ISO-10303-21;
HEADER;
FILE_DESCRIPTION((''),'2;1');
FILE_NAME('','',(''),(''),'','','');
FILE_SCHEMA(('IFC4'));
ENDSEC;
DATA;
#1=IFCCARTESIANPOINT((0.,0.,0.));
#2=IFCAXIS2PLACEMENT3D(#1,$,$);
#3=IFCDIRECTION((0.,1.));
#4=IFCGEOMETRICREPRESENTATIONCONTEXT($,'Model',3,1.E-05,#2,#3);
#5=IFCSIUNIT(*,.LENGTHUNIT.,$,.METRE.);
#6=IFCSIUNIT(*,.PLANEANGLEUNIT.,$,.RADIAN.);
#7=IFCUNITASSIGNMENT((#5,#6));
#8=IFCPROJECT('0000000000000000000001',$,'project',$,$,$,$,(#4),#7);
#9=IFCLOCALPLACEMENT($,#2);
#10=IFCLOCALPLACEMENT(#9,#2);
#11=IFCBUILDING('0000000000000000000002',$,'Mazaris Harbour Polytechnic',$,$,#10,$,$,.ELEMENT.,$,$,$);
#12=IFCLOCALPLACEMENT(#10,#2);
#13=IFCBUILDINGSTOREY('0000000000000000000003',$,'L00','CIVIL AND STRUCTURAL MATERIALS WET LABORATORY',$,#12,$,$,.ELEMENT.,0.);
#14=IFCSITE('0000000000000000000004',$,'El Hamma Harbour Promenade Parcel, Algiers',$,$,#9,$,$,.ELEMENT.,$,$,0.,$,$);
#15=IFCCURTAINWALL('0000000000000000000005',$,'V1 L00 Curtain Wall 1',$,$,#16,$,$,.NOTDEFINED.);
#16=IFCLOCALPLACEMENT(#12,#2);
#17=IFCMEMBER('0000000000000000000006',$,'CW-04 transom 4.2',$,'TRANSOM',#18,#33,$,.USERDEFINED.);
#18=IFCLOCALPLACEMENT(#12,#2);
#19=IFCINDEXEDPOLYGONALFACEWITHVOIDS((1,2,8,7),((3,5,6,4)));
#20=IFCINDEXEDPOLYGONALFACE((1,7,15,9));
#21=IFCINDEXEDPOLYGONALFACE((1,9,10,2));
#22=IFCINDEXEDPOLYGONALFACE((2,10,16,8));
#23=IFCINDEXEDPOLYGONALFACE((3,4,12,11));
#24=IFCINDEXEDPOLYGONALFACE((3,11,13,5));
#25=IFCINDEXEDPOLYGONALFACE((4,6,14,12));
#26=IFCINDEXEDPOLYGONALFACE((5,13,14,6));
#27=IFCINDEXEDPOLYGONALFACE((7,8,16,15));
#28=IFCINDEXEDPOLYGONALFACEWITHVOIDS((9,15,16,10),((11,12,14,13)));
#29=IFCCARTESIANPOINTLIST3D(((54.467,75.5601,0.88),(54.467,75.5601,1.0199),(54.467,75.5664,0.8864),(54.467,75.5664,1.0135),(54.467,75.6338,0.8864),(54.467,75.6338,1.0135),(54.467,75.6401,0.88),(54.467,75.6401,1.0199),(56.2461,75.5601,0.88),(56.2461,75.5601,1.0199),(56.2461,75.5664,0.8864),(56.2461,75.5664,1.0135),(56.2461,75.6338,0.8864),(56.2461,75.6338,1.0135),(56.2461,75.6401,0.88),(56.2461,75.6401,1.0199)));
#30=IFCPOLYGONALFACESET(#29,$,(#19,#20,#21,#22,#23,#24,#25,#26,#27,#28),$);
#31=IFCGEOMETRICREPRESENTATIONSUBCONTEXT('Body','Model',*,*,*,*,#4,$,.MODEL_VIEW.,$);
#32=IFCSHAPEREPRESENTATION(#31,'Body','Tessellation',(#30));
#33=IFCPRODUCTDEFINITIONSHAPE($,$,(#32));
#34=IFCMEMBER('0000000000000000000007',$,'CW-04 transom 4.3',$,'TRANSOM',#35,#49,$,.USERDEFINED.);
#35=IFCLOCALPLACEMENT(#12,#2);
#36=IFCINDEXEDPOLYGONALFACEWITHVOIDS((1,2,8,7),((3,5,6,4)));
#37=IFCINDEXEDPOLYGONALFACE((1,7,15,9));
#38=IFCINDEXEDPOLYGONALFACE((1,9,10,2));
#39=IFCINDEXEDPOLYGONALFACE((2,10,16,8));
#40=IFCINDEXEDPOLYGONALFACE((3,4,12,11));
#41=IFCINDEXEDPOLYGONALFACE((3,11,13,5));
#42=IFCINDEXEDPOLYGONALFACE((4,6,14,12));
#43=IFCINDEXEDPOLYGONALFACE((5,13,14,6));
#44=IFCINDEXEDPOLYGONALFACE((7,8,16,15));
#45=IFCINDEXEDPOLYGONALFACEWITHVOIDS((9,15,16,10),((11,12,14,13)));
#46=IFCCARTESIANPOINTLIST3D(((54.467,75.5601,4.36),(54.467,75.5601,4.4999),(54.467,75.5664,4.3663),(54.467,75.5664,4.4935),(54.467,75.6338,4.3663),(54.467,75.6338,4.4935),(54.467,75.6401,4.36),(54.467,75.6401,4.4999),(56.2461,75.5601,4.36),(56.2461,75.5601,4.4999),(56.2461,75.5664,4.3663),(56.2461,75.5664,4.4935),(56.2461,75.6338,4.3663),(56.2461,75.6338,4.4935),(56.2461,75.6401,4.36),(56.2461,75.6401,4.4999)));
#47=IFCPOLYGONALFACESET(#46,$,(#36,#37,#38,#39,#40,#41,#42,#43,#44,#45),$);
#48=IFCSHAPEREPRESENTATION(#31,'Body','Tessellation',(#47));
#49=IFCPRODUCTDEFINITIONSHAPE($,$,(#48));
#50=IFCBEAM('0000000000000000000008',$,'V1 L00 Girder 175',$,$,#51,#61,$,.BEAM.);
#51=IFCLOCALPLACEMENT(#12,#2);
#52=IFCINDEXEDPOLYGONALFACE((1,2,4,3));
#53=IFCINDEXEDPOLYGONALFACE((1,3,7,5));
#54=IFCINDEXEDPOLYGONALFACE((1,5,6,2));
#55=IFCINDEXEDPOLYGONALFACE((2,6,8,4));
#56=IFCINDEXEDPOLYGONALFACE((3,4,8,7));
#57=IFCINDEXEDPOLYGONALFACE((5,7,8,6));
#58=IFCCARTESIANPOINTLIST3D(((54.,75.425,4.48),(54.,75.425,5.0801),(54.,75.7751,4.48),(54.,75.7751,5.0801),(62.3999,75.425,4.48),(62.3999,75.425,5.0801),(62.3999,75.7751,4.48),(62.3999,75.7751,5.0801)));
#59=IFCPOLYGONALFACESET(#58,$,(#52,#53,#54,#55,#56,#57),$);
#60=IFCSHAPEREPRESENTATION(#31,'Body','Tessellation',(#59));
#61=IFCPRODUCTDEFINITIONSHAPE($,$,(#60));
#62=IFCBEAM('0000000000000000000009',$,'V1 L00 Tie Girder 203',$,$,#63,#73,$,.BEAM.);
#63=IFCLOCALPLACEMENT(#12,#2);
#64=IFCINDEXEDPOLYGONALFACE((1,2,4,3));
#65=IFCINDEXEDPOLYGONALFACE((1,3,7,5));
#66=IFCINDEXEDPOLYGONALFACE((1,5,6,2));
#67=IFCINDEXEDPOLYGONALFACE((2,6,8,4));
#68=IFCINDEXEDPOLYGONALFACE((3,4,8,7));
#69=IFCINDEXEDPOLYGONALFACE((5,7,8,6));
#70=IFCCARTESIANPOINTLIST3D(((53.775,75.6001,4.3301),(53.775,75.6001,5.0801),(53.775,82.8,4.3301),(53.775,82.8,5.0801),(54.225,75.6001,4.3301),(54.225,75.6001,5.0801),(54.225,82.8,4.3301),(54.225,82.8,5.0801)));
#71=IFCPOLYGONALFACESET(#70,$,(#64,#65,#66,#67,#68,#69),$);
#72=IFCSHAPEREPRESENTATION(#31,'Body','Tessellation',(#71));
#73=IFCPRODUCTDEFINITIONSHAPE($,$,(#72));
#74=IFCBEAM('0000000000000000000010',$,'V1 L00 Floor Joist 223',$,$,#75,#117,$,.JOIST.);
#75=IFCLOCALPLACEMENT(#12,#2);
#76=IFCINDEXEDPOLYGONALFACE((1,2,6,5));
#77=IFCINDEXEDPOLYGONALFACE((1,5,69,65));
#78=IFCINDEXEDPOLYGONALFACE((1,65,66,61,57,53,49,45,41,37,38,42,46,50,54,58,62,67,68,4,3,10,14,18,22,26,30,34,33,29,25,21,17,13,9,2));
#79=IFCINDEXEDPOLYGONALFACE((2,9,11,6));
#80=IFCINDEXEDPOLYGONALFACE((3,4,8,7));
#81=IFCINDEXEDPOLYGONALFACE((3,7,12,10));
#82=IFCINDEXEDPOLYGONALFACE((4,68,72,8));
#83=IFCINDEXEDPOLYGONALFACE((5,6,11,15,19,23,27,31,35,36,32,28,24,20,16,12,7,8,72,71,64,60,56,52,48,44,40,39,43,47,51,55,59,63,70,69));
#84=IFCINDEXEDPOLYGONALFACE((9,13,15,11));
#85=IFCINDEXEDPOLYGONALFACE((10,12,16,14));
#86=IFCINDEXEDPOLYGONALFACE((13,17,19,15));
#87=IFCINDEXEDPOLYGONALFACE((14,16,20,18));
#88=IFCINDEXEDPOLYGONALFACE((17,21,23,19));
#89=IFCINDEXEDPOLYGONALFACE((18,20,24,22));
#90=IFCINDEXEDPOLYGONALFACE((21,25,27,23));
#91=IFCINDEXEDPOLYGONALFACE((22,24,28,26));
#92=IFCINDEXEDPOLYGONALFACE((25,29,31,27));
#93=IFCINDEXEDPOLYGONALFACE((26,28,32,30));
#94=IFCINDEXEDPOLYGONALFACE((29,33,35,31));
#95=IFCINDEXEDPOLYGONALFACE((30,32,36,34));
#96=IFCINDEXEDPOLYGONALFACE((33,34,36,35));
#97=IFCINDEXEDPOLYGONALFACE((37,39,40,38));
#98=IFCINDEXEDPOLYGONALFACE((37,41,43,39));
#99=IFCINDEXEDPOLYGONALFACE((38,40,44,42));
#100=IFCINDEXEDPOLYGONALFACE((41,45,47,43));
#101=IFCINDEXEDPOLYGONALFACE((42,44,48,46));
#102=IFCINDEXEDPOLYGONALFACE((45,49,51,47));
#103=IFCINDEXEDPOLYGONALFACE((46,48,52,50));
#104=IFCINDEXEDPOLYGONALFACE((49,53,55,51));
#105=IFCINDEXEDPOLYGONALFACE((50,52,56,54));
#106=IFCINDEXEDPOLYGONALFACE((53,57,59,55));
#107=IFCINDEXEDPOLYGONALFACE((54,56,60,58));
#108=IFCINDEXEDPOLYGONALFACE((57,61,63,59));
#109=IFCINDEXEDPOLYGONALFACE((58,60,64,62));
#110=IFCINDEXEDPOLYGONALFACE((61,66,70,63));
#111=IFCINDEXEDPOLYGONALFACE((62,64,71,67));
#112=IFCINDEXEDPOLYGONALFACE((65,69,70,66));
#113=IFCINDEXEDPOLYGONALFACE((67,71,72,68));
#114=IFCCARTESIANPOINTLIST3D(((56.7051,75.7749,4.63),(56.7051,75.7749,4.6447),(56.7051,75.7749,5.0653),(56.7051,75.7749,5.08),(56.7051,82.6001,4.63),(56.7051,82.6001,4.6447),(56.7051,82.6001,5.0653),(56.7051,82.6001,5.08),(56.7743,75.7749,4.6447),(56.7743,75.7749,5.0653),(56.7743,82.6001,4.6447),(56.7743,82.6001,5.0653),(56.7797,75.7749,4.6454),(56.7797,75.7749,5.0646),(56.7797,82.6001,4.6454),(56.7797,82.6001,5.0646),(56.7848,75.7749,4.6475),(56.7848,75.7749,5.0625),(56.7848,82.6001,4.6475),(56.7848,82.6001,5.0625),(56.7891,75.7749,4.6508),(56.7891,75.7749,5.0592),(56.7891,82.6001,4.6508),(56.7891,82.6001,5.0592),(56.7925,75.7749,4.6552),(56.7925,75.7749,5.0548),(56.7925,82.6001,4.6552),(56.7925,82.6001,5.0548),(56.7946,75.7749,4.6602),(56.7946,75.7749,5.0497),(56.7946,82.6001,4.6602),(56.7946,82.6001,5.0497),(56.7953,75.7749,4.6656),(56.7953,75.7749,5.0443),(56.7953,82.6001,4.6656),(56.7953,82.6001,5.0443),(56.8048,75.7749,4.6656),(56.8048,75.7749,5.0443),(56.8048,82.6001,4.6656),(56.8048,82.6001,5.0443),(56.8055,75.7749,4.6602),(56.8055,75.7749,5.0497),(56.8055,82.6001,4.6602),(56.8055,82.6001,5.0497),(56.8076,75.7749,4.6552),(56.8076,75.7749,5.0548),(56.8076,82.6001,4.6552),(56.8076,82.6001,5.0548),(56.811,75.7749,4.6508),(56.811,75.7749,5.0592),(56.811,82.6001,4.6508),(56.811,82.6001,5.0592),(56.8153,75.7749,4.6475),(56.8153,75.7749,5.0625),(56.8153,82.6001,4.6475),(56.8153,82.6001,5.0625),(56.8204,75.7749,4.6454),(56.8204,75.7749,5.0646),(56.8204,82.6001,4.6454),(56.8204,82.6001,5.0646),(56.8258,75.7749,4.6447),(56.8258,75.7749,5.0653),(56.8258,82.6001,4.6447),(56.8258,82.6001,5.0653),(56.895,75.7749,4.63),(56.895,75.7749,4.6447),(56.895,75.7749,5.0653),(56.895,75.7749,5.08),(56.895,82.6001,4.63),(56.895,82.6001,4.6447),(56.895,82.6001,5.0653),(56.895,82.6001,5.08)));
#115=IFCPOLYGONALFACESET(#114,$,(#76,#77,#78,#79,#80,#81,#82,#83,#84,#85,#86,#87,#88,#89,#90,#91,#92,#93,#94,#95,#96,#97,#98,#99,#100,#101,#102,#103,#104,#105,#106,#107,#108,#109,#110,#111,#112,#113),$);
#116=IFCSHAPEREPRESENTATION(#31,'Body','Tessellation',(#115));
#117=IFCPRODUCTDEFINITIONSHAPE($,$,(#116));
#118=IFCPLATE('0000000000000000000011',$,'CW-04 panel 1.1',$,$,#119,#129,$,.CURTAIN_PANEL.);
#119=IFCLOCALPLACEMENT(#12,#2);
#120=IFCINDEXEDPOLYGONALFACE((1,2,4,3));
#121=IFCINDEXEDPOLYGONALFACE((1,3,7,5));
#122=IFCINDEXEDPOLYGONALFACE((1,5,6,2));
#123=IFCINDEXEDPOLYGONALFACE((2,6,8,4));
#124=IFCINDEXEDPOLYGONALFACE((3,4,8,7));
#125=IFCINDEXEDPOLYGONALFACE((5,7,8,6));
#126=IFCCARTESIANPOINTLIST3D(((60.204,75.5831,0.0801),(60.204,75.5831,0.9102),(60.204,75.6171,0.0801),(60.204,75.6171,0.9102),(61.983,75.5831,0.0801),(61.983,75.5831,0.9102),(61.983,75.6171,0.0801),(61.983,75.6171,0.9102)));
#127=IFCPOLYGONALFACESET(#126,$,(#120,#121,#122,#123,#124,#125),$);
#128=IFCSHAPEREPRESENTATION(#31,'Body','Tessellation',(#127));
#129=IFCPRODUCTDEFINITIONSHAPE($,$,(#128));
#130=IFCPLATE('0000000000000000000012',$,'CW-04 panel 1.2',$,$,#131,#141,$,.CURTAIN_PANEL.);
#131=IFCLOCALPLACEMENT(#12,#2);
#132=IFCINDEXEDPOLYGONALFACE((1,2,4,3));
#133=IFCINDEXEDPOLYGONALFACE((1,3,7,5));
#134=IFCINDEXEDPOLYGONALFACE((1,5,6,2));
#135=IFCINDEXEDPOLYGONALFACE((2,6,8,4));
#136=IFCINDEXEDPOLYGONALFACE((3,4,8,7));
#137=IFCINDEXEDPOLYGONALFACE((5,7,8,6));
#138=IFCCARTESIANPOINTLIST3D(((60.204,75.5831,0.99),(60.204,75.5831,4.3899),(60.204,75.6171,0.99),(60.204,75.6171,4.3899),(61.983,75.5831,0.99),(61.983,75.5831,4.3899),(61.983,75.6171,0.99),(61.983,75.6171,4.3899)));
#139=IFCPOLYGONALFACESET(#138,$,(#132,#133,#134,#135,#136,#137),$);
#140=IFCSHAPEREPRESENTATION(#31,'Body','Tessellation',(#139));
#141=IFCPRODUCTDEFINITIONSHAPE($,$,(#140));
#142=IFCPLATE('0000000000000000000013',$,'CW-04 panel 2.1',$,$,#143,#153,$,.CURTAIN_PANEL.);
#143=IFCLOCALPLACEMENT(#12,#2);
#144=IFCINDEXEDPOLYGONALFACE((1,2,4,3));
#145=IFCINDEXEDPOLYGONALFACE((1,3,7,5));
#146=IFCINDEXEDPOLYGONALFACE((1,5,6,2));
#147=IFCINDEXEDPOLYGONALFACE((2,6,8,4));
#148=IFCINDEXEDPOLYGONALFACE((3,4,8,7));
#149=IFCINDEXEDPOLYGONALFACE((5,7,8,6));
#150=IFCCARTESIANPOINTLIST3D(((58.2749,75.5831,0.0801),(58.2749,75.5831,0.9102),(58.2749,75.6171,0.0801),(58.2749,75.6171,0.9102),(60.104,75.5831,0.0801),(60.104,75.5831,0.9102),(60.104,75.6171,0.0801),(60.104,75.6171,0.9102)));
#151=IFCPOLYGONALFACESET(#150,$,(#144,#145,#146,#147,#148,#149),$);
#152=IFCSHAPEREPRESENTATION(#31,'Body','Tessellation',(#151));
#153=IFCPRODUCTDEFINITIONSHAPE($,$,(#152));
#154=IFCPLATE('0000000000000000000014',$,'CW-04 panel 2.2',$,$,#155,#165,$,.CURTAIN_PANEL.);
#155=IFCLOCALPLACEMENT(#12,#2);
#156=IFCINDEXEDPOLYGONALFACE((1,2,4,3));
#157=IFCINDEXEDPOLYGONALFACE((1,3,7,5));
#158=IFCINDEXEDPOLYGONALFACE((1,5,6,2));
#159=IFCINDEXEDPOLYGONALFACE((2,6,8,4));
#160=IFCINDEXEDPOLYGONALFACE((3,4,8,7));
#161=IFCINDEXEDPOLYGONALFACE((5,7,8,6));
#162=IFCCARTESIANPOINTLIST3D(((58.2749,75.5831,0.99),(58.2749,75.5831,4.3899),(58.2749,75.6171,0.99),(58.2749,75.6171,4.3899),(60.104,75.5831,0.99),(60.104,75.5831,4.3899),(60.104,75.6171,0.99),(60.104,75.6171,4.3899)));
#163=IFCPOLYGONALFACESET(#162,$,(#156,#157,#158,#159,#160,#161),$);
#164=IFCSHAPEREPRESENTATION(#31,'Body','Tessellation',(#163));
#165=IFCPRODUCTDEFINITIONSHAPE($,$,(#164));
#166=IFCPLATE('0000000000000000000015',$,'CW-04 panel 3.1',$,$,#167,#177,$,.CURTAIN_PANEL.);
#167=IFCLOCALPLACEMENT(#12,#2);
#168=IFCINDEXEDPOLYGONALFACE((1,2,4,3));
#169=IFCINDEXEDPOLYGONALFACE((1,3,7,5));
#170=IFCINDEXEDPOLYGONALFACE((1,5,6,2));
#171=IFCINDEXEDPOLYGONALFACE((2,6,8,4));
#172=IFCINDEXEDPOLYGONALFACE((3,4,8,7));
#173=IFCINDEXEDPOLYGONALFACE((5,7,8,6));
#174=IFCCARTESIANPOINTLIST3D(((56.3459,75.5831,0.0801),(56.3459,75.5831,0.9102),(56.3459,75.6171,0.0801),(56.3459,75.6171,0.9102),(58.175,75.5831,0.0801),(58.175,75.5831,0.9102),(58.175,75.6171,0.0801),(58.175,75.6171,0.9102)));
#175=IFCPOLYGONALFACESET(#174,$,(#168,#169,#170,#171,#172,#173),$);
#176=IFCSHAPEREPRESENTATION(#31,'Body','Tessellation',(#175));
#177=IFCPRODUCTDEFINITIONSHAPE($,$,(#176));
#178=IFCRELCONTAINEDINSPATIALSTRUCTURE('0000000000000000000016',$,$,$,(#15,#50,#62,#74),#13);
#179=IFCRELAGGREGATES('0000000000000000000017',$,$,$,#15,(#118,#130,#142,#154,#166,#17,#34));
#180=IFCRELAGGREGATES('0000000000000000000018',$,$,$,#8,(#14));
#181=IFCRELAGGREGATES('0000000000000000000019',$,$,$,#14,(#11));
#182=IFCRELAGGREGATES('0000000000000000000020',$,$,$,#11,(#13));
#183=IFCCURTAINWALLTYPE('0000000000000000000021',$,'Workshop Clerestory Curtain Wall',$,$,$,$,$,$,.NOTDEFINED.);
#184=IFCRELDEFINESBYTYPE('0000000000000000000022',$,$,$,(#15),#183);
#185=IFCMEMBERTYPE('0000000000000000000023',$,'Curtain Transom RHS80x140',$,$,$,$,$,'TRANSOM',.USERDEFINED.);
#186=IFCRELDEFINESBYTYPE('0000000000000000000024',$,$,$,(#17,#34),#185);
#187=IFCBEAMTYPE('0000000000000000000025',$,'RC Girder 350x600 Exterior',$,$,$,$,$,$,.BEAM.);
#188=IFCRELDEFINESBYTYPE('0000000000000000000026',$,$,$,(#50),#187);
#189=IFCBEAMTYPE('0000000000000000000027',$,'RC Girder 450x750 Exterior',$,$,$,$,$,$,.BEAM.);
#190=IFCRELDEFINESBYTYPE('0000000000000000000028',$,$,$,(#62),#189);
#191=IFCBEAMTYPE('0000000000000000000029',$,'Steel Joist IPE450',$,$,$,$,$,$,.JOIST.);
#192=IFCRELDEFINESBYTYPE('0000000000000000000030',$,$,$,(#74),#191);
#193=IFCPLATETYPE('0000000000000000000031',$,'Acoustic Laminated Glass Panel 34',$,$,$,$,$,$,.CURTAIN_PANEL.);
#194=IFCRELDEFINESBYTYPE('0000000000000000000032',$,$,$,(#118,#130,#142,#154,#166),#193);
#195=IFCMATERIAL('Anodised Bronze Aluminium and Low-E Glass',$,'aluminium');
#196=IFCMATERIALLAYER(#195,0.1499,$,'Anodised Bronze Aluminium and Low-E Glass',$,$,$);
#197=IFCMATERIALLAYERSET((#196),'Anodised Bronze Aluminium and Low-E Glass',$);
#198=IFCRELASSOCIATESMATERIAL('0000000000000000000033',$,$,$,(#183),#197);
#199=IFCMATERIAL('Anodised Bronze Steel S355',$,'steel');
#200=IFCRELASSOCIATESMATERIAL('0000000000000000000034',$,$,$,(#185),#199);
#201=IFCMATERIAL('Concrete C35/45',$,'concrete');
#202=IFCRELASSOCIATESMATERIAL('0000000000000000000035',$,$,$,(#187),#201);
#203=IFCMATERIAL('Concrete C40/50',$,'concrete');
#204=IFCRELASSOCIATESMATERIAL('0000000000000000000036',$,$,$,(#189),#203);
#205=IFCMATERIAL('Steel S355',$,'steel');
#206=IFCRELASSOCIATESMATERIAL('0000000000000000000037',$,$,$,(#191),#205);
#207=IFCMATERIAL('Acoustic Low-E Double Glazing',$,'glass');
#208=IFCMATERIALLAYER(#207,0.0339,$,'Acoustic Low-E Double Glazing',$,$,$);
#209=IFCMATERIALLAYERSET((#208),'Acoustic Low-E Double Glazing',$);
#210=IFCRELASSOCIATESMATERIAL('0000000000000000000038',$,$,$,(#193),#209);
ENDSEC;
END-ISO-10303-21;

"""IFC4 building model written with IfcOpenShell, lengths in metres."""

from ifc_helpers import new_model, si_unit, direction, frame, origin, origin_2d, place, context, subcontext, project, spatial, rectangle, hollow_rectangle, i_section, extrude, material, layer, layer_set, material_profile, profile_set, type_object, element, aggregate, save


model = new_model("IFC4")

# Units and contexts
model_context = context("Model", 3, precision=1e-05, world=origin(), true_north=direction((0.0, 1.0)))
body_context = subcontext(model_context, "Body", "Model", "MODEL_VIEW")
ifc_project = project(units=[si_unit("LENGTHUNIT", "METRE"), si_unit("PLANEANGLEUNIT", "RADIAN")], contexts=[model_context])

# Site, building, storey
site_placement = place(None, origin())
site = spatial("IfcSite", under=ifc_project, at=site_placement, Name="El Hamma Harbour Promenade Parcel, Algiers", CompositionType="ELEMENT", RefElevation=0.0)
building_placement = place(site_placement, origin())
building = spatial("IfcBuilding", under=site, at=building_placement, Name="Mazaris Harbour Polytechnic", CompositionType="ELEMENT")
storey_placement = place(building_placement, origin())
storey = spatial("IfcBuildingStorey", under=building, at=storey_placement, Name="L00", Description="CIVIL AND STRUCTURAL MATERIALS WET LABORATORY", CompositionType="ELEMENT", Elevation=0.0)

# Curtain wall, members
ifc_material_1 = material(Name="Anodised Bronze Aluminium and Low-E Glass", Category="aluminium")
ifc_layer_1 = layer(ifc_material_1, 0.1499, Name="Anodised Bronze Aluminium and Low-E Glass")
ifc_layer_set_1 = layer_set([ifc_layer_1], Name="Anodised Bronze Aluminium and Low-E Glass")
curtain_wall_type = type_object("IfcCurtainWallType", Name="Workshop Clerestory Curtain Wall", PredefinedType="NOTDEFINED", material=ifc_layer_set_1)
curtain_wall_placement = place(storey_placement, origin())
curtain_wall = element("IfcCurtainWall", 1, at=curtain_wall_placement, inside=storey, type_object=curtain_wall_type, Name="V1 L00 Curtain Wall 1", PredefinedType="NOTDEFINED")
ifc_material_2 = material(Name="Anodised Bronze Steel S355", Category="steel")
ifc_material_profile_1 = material_profile(ifc_material_2, hollow_rectangle(XDim=0.0801, YDim=0.1399, WallThickness=0.0063, at=origin_2d()), Name="RHS 80x140x6.3")
ifc_profile_set_1 = profile_set([ifc_material_profile_1], Name="Anodised Bronze Steel S355")
member_type_1 = type_object("IfcMemberType", Name="Curtain Transom RHS80x140", ElementType="TRANSOM", PredefinedType="USERDEFINED", material=ifc_profile_set_1)
member_1_placement = place(storey_placement, frame((56.2461, 75.6001, 0.95), z_axis=(-1.0, 0.0, 0.0), x_axis=(0.0, -1.0, 0.0)))
member_1 = element("IfcMember", 2, at=member_1_placement, type_object=member_type_1, Name="CW-04 transom 4.2", ObjectType="TRANSOM", PredefinedType="USERDEFINED", context=body_context, shape_type="SweptSolid", body=[
    extrude(hollow_rectangle(XDim=0.0801, YDim=0.1399, WallThickness=0.0063, at=origin_2d()), origin(), (0.0, 0.0, 1.0), 1.7791),
])
member_2_placement = place(storey_placement, frame((56.2461, 75.6001, 4.4299), z_axis=(-1.0, 0.0, 0.0), x_axis=(0.0, -1.0, 0.0)))
member_2 = element("IfcMember", 3, at=member_2_placement, type_object=member_type_1, Name="CW-04 transom 4.3", ObjectType="TRANSOM", PredefinedType="USERDEFINED", context=body_context, shape_type="SweptSolid", body=[
    extrude(hollow_rectangle(XDim=0.0801, YDim=0.1399, WallThickness=0.0063, at=origin_2d()), origin(), (0.0, 0.0, 1.0), 1.7791),
])

# Beams
ifc_material_3 = material(Name="Concrete C35/45", Category="concrete")
ifc_material_profile_2 = material_profile(ifc_material_3, rectangle(XDim=0.3501, YDim=0.6001, at=origin_2d()), Name="RECT350x600")
ifc_profile_set_2 = profile_set([ifc_material_profile_2], Name="Concrete C35/45")
beam_type_1 = type_object("IfcBeamType", Name="RC Girder 350x600 Exterior", PredefinedType="BEAM", material=ifc_profile_set_2)
beam_1_placement = place(storey_placement, frame((54.0, 75.6001, 4.78), z_axis=(1.0, 0.0, 0.0), x_axis=(0.0, 1.0, 0.0)))
element("IfcBeam", 4, at=beam_1_placement, inside=storey, type_object=beam_type_1, Name="V1 L00 Girder 175", PredefinedType="BEAM", context=body_context, shape_type="SweptSolid", body=[
    extrude(rectangle(XDim=0.3501, YDim=0.6001, at=origin_2d()), origin(), (0.0, 0.0, 1.0), 8.3999),
])
ifc_material_4 = material(Name="Concrete C40/50", Category="concrete")
ifc_material_profile_3 = material_profile(ifc_material_4, rectangle(XDim=0.45, YDim=0.75, at=origin_2d()), Name="RECT450x750")
ifc_profile_set_3 = profile_set([ifc_material_profile_3], Name="Concrete C40/50")
beam_type_2 = type_object("IfcBeamType", Name="RC Girder 450x750 Exterior", PredefinedType="BEAM", material=ifc_profile_set_3)
beam_2_placement = place(storey_placement, frame((54.0, 75.6001, 4.7051), z_axis=(0.0, 1.0, 0.0), x_axis=(-1.0, 0.0, 0.0)))
element("IfcBeam", 5, at=beam_2_placement, inside=storey, type_object=beam_type_2, Name="V1 L00 Tie Girder 203", PredefinedType="BEAM", context=body_context, shape_type="SweptSolid", body=[
    extrude(rectangle(XDim=0.45, YDim=0.75, at=origin_2d()), origin(), (0.0, 0.0, 1.0), 7.2),
])
ifc_material_5 = material(Name="Steel S355", Category="steel")
ifc_material_profile_4 = material_profile(ifc_material_5, i_section(OverallWidth=0.1899, OverallDepth=0.45, WebThickness=0.0095, FlangeThickness=0.0146, FilletRadius=0.021, at=origin_2d()), Name="IPE 450")
ifc_profile_set_4 = profile_set([ifc_material_profile_4], Name="Steel S355")
beam_type_3 = type_object("IfcBeamType", Name="Steel Joist IPE450", PredefinedType="JOIST", material=ifc_profile_set_4)
beam_3_placement = place(storey_placement, frame((56.8, 75.7749, 4.855), z_axis=(0.0, 1.0, 0.0), x_axis=(-1.0, 0.0, 0.0)))
element("IfcBeam", 6, at=beam_3_placement, inside=storey, type_object=beam_type_3, Name="V1 L00 Floor Joist 223", PredefinedType="JOIST", context=body_context, shape_type="SweptSolid", body=[
    extrude(i_section(OverallWidth=0.1899, OverallDepth=0.45, WebThickness=0.0095, FlangeThickness=0.0146, FilletRadius=0.021, at=origin_2d()), origin(), (0.0, 0.0, 1.0), 6.8252),
])

# Plates
ifc_material_6 = material(Name="Acoustic Low-E Double Glazing", Category="glass")
ifc_layer_2 = layer(ifc_material_6, 0.0339, Name="Acoustic Low-E Double Glazing")
ifc_layer_set_2 = layer_set([ifc_layer_2], Name="Acoustic Low-E Double Glazing")
plate_type = type_object("IfcPlateType", Name="Acoustic Laminated Glass Panel 34", PredefinedType="CURTAIN_PANEL", material=ifc_layer_set_2)
plate_1_placement = place(storey_placement, frame((61.0935, 75.6001, 0.0801), z_axis=(0.0, 0.0, 1.0), x_axis=(-1.0, 0.0, 0.0)))
plate_1 = element("IfcPlate", 7, at=plate_1_placement, type_object=plate_type, Name="CW-04 panel 1.1", PredefinedType="CURTAIN_PANEL", context=body_context, shape_type="SweptSolid", body=[
    extrude(rectangle(XDim=1.7791, YDim=0.0339, at=origin_2d()), origin(), (0.0, 0.0, 1.0), 0.8301),
])
plate_2_placement = place(storey_placement, frame((61.0935, 75.6001, 0.99), z_axis=(0.0, 0.0, 1.0), x_axis=(-1.0, 0.0, 0.0)))
plate_2 = element("IfcPlate", 8, at=plate_2_placement, type_object=plate_type, Name="CW-04 panel 1.2", PredefinedType="CURTAIN_PANEL", context=body_context, shape_type="SweptSolid", body=[
    extrude(rectangle(XDim=1.7791, YDim=0.0339, at=origin_2d()), origin(), (0.0, 0.0, 1.0), 3.3999),
])
plate_3_placement = place(storey_placement, frame((59.1895, 75.6001, 0.0801), z_axis=(0.0, 0.0, 1.0), x_axis=(-1.0, 0.0, 0.0)))
plate_3 = element("IfcPlate", 9, at=plate_3_placement, type_object=plate_type, Name="CW-04 panel 2.1", PredefinedType="CURTAIN_PANEL", context=body_context, shape_type="SweptSolid", body=[
    extrude(rectangle(XDim=1.8291, YDim=0.0339, at=origin_2d()), origin(), (0.0, 0.0, 1.0), 0.8301),
])
plate_4_placement = place(storey_placement, frame((59.1895, 75.6001, 0.99), z_axis=(0.0, 0.0, 1.0), x_axis=(-1.0, 0.0, 0.0)))
plate_4 = element("IfcPlate", 10, at=plate_4_placement, type_object=plate_type, Name="CW-04 panel 2.2", PredefinedType="CURTAIN_PANEL", context=body_context, shape_type="SweptSolid", body=[
    extrude(rectangle(XDim=1.8291, YDim=0.0339, at=origin_2d()), origin(), (0.0, 0.0, 1.0), 3.3999),
])
plate_5_placement = place(storey_placement, frame((57.2605, 75.6001, 0.0801), z_axis=(0.0, 0.0, 1.0), x_axis=(-1.0, 0.0, 0.0)))
plate_5 = element("IfcPlate", 11, at=plate_5_placement, type_object=plate_type, Name="CW-04 panel 3.1", PredefinedType="CURTAIN_PANEL", context=body_context, shape_type="SweptSolid", body=[
    extrude(rectangle(XDim=1.8291, YDim=0.0339, at=origin_2d()), origin(), (0.0, 0.0, 1.0), 0.8301),
])
aggregate(curtain_wall, [plate_1, plate_2, plate_3, plate_4, plate_5, member_1, member_2])

save(model, "model.ifc")
